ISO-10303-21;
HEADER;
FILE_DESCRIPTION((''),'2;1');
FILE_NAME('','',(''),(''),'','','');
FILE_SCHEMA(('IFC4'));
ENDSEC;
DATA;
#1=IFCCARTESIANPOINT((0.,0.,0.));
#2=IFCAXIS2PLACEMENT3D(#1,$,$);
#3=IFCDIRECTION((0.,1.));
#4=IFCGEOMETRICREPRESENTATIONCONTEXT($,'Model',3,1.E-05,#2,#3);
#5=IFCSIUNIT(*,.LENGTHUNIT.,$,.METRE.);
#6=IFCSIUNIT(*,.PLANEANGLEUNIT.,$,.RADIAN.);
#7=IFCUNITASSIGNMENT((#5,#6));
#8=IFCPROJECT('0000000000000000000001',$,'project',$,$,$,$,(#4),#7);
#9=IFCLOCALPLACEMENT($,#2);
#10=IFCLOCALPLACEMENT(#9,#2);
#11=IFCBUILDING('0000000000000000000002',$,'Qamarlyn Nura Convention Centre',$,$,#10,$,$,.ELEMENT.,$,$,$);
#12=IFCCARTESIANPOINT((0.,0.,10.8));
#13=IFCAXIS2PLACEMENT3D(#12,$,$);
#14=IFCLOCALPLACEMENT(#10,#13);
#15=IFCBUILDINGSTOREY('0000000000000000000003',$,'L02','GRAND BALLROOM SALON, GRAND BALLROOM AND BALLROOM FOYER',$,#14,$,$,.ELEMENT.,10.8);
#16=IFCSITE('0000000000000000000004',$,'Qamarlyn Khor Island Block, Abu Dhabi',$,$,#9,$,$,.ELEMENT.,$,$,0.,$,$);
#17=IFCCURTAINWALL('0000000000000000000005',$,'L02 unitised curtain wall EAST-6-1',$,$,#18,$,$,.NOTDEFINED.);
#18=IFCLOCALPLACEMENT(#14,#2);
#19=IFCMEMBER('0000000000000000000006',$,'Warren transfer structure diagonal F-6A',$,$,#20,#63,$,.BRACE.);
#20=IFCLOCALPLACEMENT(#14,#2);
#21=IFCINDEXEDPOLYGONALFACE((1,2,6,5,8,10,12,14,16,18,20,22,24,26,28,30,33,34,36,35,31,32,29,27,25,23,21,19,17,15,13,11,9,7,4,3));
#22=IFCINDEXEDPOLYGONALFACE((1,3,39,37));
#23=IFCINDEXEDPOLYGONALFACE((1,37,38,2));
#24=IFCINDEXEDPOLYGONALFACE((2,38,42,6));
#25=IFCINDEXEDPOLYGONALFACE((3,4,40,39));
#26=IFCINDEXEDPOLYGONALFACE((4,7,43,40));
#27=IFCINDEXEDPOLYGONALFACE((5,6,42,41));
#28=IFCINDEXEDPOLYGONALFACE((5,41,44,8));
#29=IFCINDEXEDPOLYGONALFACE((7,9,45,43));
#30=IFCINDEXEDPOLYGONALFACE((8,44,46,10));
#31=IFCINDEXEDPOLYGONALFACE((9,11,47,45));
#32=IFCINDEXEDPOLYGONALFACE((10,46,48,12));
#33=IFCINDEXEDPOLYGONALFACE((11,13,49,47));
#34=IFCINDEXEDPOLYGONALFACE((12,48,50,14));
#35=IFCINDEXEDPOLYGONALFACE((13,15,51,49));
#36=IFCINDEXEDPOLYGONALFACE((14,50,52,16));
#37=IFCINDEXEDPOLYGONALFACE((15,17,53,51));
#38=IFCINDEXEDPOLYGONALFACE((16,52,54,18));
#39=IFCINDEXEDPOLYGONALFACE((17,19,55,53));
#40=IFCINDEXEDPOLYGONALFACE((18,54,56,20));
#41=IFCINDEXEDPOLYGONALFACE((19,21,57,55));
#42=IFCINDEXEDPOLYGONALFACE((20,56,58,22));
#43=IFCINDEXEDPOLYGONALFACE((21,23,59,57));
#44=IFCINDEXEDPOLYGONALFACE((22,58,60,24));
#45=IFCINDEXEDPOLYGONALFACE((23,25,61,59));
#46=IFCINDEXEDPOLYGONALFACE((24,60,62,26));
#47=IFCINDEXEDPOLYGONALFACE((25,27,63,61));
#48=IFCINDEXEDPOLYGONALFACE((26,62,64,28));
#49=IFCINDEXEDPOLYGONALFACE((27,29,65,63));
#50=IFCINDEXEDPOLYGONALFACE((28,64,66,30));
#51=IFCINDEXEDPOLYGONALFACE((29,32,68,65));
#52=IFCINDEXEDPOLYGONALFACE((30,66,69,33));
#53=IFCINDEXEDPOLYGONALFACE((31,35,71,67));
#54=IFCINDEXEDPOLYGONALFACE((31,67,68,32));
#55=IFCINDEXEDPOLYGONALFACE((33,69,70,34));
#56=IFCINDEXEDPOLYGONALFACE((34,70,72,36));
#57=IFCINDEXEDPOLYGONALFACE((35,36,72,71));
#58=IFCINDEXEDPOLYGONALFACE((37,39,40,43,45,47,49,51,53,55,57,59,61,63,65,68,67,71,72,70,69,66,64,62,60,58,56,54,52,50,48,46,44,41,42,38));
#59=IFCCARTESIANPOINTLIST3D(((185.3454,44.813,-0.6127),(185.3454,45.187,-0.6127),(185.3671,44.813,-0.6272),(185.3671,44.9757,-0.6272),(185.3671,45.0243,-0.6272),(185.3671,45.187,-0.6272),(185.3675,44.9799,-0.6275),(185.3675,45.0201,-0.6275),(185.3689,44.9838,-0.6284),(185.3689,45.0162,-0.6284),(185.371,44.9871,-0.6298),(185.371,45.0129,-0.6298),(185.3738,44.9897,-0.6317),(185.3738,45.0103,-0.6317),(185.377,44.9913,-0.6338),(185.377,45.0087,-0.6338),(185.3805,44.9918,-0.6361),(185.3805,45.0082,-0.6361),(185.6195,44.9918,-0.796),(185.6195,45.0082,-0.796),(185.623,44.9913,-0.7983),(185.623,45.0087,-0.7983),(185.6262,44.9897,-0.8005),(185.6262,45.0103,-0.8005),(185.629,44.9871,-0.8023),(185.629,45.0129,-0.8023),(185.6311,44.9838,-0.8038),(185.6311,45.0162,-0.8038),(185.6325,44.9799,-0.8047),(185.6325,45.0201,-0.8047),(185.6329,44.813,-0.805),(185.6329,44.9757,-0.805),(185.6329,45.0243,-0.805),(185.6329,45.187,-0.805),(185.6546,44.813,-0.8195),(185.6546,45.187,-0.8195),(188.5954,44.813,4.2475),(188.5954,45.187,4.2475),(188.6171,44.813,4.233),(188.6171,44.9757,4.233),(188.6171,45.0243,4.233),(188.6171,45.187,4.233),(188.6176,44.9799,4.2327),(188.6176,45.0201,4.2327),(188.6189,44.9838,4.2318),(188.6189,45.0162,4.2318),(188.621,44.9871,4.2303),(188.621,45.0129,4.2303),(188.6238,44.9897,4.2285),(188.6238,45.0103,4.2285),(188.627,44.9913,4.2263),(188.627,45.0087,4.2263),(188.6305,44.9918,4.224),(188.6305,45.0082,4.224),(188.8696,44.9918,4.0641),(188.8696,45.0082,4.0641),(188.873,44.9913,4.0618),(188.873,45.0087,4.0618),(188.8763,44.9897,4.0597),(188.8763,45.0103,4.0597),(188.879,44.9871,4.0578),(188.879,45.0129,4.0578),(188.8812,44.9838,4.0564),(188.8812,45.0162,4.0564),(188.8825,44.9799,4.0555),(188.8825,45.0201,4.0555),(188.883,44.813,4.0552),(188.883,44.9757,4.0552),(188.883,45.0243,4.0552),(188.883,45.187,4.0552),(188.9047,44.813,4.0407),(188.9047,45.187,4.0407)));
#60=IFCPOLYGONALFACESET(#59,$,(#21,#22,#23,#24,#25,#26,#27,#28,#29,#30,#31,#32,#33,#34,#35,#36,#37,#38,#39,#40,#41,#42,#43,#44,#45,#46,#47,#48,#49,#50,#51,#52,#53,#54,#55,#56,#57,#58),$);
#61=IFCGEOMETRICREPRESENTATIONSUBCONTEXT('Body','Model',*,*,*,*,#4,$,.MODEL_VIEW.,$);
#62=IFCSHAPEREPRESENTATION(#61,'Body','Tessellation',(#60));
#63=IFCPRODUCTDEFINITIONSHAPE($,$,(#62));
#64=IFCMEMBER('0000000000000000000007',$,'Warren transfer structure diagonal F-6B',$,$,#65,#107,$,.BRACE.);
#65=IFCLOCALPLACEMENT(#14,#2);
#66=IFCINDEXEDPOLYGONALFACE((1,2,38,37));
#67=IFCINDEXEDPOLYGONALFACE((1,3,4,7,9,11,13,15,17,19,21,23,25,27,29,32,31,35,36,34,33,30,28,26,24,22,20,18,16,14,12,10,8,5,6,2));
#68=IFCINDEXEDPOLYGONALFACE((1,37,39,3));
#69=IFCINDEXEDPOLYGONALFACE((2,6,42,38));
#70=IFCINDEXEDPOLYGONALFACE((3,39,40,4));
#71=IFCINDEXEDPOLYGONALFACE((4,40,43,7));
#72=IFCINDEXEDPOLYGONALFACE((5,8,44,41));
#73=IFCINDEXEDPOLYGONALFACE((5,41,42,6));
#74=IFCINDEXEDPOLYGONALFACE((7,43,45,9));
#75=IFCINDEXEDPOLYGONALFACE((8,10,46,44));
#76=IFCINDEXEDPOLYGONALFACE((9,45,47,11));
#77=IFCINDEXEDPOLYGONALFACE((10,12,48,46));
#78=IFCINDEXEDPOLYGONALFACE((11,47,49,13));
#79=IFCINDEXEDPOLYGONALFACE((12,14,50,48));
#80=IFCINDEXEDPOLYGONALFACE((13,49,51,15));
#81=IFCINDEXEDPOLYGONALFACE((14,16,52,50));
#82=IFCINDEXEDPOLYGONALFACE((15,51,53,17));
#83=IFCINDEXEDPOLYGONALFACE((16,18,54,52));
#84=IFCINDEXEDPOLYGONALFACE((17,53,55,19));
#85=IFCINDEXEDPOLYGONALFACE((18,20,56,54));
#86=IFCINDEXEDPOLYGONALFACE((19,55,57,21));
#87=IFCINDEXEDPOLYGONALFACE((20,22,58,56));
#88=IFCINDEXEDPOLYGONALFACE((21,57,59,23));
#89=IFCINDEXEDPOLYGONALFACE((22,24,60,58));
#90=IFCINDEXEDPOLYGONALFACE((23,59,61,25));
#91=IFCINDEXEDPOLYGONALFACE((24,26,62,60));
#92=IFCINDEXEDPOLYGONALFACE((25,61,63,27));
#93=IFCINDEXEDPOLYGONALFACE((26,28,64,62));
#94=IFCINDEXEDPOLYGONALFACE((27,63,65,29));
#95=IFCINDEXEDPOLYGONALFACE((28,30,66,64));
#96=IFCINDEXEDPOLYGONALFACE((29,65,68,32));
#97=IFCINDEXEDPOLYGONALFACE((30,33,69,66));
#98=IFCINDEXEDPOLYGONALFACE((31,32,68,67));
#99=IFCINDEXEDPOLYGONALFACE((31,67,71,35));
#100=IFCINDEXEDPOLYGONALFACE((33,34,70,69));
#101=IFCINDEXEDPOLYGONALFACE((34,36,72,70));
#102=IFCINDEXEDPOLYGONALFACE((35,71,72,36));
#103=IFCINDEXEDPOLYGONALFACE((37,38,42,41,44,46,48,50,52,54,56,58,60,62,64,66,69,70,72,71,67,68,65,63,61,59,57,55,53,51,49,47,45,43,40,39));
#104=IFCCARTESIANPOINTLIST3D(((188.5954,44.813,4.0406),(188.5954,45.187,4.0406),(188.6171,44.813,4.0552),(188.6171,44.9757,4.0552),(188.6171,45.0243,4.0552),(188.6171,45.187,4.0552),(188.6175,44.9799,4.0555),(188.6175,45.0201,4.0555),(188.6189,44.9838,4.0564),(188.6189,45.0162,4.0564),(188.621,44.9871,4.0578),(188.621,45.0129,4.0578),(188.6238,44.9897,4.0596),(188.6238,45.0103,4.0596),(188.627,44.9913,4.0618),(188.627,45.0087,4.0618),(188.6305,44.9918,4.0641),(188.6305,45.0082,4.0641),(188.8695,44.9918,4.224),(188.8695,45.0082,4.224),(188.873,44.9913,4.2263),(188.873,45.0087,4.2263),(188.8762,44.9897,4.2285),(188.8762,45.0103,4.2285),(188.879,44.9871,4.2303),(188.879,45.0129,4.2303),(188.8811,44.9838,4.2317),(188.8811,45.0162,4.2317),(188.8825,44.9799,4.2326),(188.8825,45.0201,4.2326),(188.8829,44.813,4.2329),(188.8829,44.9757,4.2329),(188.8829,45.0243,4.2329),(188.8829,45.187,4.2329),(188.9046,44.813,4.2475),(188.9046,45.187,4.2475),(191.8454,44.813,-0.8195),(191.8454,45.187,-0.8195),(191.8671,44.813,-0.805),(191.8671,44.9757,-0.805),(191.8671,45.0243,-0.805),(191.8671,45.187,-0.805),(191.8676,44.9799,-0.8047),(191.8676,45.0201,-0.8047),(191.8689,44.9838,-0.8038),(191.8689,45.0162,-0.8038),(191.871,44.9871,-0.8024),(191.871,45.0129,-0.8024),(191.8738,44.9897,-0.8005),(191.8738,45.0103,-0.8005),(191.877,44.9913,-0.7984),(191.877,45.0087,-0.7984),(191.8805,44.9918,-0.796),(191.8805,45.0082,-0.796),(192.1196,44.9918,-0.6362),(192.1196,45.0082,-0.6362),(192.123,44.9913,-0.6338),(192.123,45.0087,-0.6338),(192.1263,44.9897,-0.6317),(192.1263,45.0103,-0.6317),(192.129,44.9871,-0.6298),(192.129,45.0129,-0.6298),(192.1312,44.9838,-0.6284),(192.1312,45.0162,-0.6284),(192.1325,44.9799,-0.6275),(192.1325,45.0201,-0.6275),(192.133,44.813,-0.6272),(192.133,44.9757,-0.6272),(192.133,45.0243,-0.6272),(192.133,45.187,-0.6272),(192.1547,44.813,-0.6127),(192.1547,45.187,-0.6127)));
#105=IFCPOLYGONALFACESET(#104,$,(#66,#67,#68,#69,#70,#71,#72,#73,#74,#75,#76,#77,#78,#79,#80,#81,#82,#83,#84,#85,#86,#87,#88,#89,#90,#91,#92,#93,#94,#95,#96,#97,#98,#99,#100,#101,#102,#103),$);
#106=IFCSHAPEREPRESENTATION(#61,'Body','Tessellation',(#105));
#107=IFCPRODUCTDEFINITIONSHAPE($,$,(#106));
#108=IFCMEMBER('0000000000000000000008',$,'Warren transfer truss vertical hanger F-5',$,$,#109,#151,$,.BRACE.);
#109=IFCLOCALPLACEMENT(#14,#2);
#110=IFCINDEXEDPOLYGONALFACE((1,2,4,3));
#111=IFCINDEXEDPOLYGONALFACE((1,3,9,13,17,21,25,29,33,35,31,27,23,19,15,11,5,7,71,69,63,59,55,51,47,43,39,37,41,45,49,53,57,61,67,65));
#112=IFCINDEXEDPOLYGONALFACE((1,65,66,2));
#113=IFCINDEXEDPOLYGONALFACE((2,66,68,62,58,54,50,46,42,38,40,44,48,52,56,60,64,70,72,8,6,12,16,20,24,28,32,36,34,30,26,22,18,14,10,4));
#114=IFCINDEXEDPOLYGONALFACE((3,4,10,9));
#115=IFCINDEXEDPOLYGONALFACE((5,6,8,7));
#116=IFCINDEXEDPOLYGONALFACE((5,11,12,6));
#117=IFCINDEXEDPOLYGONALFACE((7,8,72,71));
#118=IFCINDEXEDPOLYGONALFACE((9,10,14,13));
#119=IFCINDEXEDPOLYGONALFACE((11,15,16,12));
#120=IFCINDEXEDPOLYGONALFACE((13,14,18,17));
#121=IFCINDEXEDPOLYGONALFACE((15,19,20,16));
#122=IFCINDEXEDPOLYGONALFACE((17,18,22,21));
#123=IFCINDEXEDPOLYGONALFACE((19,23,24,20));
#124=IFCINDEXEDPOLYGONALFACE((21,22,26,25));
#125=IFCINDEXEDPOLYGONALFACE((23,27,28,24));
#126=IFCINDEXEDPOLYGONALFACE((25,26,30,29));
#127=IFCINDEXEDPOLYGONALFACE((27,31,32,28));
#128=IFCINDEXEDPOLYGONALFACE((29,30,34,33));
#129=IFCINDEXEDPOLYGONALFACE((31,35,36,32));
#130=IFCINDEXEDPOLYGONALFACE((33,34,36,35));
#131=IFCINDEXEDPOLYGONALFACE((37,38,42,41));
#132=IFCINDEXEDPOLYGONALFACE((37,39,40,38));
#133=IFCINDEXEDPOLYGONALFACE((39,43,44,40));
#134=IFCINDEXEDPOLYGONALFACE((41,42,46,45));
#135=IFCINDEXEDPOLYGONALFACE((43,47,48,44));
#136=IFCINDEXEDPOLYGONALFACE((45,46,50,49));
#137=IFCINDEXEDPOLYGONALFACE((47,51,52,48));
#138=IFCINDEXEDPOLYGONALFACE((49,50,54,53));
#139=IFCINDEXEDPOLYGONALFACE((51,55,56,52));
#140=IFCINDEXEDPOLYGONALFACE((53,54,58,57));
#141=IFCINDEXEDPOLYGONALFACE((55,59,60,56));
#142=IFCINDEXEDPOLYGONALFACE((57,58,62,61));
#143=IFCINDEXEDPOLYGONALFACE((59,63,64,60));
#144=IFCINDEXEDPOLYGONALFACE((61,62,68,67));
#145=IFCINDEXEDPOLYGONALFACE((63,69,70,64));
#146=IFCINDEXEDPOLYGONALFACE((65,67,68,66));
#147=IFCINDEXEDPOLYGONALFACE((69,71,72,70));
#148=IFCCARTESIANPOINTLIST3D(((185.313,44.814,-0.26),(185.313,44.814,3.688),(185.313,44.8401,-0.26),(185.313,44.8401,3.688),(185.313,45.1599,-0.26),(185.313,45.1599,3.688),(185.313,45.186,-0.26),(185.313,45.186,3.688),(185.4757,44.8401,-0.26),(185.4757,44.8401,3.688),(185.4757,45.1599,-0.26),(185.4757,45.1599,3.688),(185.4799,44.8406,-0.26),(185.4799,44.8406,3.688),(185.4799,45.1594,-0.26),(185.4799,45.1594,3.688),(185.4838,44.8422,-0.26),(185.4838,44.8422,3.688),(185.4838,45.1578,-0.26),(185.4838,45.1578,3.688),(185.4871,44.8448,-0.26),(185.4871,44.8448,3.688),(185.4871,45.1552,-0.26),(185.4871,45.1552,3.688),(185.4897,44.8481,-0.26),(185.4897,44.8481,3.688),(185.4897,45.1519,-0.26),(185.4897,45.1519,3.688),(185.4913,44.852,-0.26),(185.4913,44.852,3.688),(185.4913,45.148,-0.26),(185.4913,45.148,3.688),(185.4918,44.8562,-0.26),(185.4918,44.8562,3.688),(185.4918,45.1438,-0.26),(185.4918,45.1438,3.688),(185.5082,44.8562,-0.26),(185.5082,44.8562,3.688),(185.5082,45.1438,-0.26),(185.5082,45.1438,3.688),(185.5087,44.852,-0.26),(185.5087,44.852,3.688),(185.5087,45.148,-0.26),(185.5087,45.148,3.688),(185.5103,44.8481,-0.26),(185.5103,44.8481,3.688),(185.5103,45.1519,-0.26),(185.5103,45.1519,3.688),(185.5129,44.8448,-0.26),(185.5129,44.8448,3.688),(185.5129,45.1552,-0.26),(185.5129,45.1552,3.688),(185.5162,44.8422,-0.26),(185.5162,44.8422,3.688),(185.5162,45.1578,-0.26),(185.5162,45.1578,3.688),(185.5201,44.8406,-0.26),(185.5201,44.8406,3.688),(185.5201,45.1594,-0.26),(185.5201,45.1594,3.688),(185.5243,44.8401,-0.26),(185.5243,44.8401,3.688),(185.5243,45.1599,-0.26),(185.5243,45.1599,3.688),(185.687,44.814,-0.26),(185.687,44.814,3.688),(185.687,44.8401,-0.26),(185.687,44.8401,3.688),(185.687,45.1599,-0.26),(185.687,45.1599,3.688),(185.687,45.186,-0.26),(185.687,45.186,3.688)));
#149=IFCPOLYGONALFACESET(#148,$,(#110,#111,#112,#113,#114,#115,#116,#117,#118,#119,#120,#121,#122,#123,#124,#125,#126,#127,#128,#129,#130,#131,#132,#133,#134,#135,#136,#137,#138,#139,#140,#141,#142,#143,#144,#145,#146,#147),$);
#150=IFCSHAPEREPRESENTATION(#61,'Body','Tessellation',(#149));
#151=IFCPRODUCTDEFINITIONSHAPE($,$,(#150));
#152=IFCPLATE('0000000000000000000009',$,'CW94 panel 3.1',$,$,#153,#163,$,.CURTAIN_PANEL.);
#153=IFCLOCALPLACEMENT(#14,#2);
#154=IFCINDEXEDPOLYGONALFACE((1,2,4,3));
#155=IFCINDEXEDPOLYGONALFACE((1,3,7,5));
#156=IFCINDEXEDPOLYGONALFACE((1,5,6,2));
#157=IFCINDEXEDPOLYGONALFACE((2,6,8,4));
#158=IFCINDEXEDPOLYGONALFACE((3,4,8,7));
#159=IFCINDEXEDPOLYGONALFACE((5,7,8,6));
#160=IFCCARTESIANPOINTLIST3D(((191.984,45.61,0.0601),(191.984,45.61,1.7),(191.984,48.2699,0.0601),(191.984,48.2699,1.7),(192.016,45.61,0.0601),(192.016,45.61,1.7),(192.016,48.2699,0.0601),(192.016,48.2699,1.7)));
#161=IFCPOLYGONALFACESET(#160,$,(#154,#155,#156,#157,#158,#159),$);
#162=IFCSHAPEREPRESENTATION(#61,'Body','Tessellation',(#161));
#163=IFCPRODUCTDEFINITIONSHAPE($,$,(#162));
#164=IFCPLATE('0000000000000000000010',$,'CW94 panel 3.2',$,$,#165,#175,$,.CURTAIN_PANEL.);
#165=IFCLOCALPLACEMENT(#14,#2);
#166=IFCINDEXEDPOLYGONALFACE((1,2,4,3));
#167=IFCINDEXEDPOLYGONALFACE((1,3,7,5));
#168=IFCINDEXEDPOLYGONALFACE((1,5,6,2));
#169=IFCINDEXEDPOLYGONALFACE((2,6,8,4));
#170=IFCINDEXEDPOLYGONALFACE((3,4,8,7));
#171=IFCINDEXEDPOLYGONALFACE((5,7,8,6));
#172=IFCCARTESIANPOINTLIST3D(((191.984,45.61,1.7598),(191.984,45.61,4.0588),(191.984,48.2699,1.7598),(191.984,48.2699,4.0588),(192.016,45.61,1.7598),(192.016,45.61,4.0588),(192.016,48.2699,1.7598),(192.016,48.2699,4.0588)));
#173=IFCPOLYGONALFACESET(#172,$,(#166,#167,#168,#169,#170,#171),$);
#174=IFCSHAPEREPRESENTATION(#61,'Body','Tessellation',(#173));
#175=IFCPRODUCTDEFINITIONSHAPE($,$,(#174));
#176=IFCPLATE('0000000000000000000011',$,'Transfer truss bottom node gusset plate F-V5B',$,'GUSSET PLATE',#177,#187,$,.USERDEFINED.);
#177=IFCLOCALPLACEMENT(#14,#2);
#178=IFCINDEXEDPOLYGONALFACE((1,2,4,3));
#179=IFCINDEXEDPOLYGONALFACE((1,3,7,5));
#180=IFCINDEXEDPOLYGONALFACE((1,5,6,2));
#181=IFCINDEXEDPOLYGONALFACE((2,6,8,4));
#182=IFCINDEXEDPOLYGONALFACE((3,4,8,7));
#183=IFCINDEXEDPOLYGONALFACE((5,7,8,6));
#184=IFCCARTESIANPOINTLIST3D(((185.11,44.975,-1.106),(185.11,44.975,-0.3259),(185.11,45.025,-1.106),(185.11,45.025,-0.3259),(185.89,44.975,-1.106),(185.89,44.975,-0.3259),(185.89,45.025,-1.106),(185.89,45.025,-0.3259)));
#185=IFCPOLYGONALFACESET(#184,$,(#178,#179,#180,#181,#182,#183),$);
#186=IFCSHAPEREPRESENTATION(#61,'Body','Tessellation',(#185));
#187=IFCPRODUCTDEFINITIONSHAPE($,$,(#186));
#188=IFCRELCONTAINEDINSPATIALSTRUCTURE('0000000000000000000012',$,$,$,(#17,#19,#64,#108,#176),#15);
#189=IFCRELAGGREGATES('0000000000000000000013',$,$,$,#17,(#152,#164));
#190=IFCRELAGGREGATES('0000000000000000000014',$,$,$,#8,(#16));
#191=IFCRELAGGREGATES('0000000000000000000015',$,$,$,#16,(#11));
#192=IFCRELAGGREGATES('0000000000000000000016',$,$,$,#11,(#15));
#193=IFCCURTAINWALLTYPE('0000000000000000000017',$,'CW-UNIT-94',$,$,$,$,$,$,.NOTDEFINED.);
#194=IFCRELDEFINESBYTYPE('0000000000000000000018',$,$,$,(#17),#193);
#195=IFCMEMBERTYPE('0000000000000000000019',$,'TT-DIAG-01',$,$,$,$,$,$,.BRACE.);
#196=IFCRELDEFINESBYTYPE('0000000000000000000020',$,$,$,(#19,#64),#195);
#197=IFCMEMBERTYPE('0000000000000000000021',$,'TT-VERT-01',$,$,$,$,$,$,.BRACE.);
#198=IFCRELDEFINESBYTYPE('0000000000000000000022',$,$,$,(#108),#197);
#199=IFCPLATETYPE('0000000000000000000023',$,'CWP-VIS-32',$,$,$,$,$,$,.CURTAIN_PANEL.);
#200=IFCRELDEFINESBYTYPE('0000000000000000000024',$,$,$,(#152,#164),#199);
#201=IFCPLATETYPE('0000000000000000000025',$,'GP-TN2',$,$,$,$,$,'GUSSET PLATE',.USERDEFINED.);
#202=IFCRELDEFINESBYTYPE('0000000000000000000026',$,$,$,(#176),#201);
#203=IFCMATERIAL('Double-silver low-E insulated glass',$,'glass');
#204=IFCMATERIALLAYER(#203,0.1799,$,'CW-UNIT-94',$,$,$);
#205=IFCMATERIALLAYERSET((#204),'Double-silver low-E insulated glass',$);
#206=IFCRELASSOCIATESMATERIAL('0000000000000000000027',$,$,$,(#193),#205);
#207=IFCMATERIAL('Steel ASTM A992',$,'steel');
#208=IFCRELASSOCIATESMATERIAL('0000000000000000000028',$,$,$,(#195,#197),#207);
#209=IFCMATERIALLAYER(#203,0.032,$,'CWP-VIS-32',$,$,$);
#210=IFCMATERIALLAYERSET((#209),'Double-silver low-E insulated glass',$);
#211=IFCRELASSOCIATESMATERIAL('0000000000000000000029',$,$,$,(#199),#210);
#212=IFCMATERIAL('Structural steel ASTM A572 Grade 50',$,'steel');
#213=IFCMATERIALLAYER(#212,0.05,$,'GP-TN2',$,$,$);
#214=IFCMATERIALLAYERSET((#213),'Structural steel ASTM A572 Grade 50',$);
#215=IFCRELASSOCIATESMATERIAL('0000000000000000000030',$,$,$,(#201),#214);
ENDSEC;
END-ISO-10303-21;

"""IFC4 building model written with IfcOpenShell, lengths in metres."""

from ifc_helpers import new_model, si_unit, direction, frame, origin, origin_2d, place, context, subcontext, project, spatial, rectangle, i_section, extrude, material, layer, layer_set, material_profile, profile_set, type_object, element, aggregate, save


model = new_model("IFC4")

# Units and contexts
model_context = context("Model", 3, precision=1e-05, world=origin(), true_north=direction((0.0, 1.0)))
body_context = subcontext(model_context, "Body", "Model", "MODEL_VIEW")
ifc_project = project(units=[si_unit("LENGTHUNIT", "METRE"), si_unit("PLANEANGLEUNIT", "RADIAN")], contexts=[model_context])

# Site, building, storey
site_placement = place(None, origin())
site = spatial("IfcSite", under=ifc_project, at=site_placement, Name="Qamarlyn Khor Island Block, Abu Dhabi", CompositionType="ELEMENT", RefElevation=0.0)
building_placement = place(site_placement, origin())
building = spatial("IfcBuilding", under=site, at=building_placement, Name="Qamarlyn Nura Convention Centre", CompositionType="ELEMENT")
storey_placement = place(building_placement, frame((0.0, 0.0, 10.8)))
storey = spatial("IfcBuildingStorey", under=building, at=storey_placement, Name="L02", Description="GRAND BALLROOM SALON, GRAND BALLROOM AND BALLROOM FOYER", CompositionType="ELEMENT", Elevation=10.8)

# Shared definitions
ifc_material_1 = material(Name="Steel ASTM A992", Category="steel")

# Curtain wall
ifc_material_2 = material(Name="Double-silver low-E insulated glass", Category="glass")
ifc_layer_1 = layer(ifc_material_2, 0.1799, Name="CW-UNIT-94")
ifc_layer_set_1 = layer_set([ifc_layer_1], Name="Double-silver low-E insulated glass")
curtain_wall_type = type_object("IfcCurtainWallType", Name="CW-UNIT-94", PredefinedType="NOTDEFINED", material=ifc_layer_set_1)
curtain_wall_placement = place(storey_placement, origin())
curtain_wall = element("IfcCurtainWall", 1, at=curtain_wall_placement, inside=storey, type_object=curtain_wall_type, Name="L02 unitised curtain wall EAST-6-1", PredefinedType="NOTDEFINED")

# Members
ifc_material_profile_1 = material_profile(ifc_material_1, i_section(OverallWidth=0.374, OverallDepth=0.3721, WebThickness=0.0164, FlangeThickness=0.0261, FilletRadius=0.0161, at=origin_2d()), Name="W360X196")
ifc_profile_set_1 = profile_set([ifc_material_profile_1], Name="Steel ASTM A992")
member_type_1 = type_object("IfcMemberType", Name="TT-DIAG-01", PredefinedType="BRACE", material=ifc_profile_set_1)
for number, where, z_axis, x_axis, name in (
    (2, (185.5, 45.0, -0.7161), (0.555875, 0.0, 0.831266), (0.0, 1.0, 0.0), "Warren transfer structure diagonal F-6A"),
    (3, (188.75, 45.0, 4.144), (0.555875, 0.0, -0.831266), (0.0, 1.0, 0.0), "Warren transfer structure diagonal F-6B"),
):
    element("IfcMember", number, at=place(storey_placement, frame(where, z_axis=z_axis, x_axis=x_axis)), inside=storey, type_object=member_type_1, Name=name, PredefinedType="BRACE", context=body_context, shape_type="SweptSolid", body=[
        extrude(i_section(OverallWidth=0.374, OverallDepth=0.3721, WebThickness=0.0164, FlangeThickness=0.0261, FilletRadius=0.0161, at=origin_2d()), origin(), (0.0, 0.0, 1.0), 5.8467),
    ])
ifc_material_profile_2 = material_profile(ifc_material_1, i_section(OverallWidth=0.374, OverallDepth=0.3721, WebThickness=0.0164, FlangeThickness=0.0261, FilletRadius=0.0161, at=origin_2d()), Name="W360X196")
ifc_profile_set_2 = profile_set([ifc_material_profile_2], Name="Steel ASTM A992")
member_type_2 = type_object("IfcMemberType", Name="TT-VERT-01", PredefinedType="BRACE", material=ifc_profile_set_2)
member_1_placement = place(storey_placement, frame((185.5, 45.0, -0.26), z_axis=(0.0, 0.0, 1.0), x_axis=(1.0, 0.0, 0.0)))
element("IfcMember", 4, at=member_1_placement, inside=storey, type_object=member_type_2, Name="Warren transfer truss vertical hanger F-5", PredefinedType="BRACE", context=body_context, shape_type="SweptSolid", body=[
    extrude(i_section(OverallWidth=0.374, OverallDepth=0.3721, WebThickness=0.0164, FlangeThickness=0.0261, FilletRadius=0.0161, at=origin_2d()), origin(), (0.0, 0.0, 1.0), 3.948),
])

# Plates
ifc_layer_2 = layer(ifc_material_2, 0.032, Name="CWP-VIS-32")
ifc_layer_set_2 = layer_set([ifc_layer_2], Name="Double-silver low-E insulated glass")
plate_type_1 = type_object("IfcPlateType", Name="CWP-VIS-32", PredefinedType="CURTAIN_PANEL", material=ifc_layer_set_2)
plate_1_placement = place(storey_placement, frame((192.0, 46.9399, 0.0601), z_axis=(0.0, 0.0, 1.0), x_axis=(0.0, -1.0, 0.0)))
plate_1 = element("IfcPlate", 5, at=plate_1_placement, type_object=plate_type_1, Name="CW94 panel 3.1", PredefinedType="CURTAIN_PANEL", context=body_context, shape_type="SweptSolid", body=[
    extrude(rectangle(XDim=2.6599, YDim=0.032, at=origin_2d()), origin(), (0.0, 0.0, 1.0), 1.6399),
])
plate_2_placement = place(storey_placement, frame((192.0, 46.9399, 1.7598), z_axis=(0.0, 0.0, 1.0), x_axis=(0.0, -1.0, 0.0)))
plate_2 = element("IfcPlate", 6, at=plate_2_placement, type_object=plate_type_1, Name="CW94 panel 3.2", PredefinedType="CURTAIN_PANEL", context=body_context, shape_type="SweptSolid", body=[
    extrude(rectangle(XDim=2.6599, YDim=0.032, at=origin_2d()), origin(), (0.0, 0.0, 1.0), 2.2991),
])
aggregate(curtain_wall, [plate_1, plate_2])

# Plate
ifc_material_3 = material(Name="Structural steel ASTM A572 Grade 50", Category="steel")
ifc_layer_3 = layer(ifc_material_3, 0.05, Name="GP-TN2")
ifc_layer_set_3 = layer_set([ifc_layer_3], Name="Structural steel ASTM A572 Grade 50")
plate_type_2 = type_object("IfcPlateType", Name="GP-TN2", ElementType="GUSSET PLATE", PredefinedType="USERDEFINED", material=ifc_layer_set_3)
plate_3_placement = place(storey_placement, frame((185.5, 45.0, -1.106), z_axis=(0.0, 0.0, 1.0), x_axis=(1.0, 0.0, 0.0)))
element("IfcPlate", 7, at=plate_3_placement, inside=storey, type_object=plate_type_2, Name="Transfer truss bottom node gusset plate F-V5B", ObjectType="GUSSET PLATE", PredefinedType="USERDEFINED", context=body_context, shape_type="SweptSolid", body=[
    extrude(rectangle(XDim=0.78, YDim=0.05, at=origin_2d()), origin(), (0.0, 0.0, 1.0), 0.78),
])

save(model, "model.ifc")
